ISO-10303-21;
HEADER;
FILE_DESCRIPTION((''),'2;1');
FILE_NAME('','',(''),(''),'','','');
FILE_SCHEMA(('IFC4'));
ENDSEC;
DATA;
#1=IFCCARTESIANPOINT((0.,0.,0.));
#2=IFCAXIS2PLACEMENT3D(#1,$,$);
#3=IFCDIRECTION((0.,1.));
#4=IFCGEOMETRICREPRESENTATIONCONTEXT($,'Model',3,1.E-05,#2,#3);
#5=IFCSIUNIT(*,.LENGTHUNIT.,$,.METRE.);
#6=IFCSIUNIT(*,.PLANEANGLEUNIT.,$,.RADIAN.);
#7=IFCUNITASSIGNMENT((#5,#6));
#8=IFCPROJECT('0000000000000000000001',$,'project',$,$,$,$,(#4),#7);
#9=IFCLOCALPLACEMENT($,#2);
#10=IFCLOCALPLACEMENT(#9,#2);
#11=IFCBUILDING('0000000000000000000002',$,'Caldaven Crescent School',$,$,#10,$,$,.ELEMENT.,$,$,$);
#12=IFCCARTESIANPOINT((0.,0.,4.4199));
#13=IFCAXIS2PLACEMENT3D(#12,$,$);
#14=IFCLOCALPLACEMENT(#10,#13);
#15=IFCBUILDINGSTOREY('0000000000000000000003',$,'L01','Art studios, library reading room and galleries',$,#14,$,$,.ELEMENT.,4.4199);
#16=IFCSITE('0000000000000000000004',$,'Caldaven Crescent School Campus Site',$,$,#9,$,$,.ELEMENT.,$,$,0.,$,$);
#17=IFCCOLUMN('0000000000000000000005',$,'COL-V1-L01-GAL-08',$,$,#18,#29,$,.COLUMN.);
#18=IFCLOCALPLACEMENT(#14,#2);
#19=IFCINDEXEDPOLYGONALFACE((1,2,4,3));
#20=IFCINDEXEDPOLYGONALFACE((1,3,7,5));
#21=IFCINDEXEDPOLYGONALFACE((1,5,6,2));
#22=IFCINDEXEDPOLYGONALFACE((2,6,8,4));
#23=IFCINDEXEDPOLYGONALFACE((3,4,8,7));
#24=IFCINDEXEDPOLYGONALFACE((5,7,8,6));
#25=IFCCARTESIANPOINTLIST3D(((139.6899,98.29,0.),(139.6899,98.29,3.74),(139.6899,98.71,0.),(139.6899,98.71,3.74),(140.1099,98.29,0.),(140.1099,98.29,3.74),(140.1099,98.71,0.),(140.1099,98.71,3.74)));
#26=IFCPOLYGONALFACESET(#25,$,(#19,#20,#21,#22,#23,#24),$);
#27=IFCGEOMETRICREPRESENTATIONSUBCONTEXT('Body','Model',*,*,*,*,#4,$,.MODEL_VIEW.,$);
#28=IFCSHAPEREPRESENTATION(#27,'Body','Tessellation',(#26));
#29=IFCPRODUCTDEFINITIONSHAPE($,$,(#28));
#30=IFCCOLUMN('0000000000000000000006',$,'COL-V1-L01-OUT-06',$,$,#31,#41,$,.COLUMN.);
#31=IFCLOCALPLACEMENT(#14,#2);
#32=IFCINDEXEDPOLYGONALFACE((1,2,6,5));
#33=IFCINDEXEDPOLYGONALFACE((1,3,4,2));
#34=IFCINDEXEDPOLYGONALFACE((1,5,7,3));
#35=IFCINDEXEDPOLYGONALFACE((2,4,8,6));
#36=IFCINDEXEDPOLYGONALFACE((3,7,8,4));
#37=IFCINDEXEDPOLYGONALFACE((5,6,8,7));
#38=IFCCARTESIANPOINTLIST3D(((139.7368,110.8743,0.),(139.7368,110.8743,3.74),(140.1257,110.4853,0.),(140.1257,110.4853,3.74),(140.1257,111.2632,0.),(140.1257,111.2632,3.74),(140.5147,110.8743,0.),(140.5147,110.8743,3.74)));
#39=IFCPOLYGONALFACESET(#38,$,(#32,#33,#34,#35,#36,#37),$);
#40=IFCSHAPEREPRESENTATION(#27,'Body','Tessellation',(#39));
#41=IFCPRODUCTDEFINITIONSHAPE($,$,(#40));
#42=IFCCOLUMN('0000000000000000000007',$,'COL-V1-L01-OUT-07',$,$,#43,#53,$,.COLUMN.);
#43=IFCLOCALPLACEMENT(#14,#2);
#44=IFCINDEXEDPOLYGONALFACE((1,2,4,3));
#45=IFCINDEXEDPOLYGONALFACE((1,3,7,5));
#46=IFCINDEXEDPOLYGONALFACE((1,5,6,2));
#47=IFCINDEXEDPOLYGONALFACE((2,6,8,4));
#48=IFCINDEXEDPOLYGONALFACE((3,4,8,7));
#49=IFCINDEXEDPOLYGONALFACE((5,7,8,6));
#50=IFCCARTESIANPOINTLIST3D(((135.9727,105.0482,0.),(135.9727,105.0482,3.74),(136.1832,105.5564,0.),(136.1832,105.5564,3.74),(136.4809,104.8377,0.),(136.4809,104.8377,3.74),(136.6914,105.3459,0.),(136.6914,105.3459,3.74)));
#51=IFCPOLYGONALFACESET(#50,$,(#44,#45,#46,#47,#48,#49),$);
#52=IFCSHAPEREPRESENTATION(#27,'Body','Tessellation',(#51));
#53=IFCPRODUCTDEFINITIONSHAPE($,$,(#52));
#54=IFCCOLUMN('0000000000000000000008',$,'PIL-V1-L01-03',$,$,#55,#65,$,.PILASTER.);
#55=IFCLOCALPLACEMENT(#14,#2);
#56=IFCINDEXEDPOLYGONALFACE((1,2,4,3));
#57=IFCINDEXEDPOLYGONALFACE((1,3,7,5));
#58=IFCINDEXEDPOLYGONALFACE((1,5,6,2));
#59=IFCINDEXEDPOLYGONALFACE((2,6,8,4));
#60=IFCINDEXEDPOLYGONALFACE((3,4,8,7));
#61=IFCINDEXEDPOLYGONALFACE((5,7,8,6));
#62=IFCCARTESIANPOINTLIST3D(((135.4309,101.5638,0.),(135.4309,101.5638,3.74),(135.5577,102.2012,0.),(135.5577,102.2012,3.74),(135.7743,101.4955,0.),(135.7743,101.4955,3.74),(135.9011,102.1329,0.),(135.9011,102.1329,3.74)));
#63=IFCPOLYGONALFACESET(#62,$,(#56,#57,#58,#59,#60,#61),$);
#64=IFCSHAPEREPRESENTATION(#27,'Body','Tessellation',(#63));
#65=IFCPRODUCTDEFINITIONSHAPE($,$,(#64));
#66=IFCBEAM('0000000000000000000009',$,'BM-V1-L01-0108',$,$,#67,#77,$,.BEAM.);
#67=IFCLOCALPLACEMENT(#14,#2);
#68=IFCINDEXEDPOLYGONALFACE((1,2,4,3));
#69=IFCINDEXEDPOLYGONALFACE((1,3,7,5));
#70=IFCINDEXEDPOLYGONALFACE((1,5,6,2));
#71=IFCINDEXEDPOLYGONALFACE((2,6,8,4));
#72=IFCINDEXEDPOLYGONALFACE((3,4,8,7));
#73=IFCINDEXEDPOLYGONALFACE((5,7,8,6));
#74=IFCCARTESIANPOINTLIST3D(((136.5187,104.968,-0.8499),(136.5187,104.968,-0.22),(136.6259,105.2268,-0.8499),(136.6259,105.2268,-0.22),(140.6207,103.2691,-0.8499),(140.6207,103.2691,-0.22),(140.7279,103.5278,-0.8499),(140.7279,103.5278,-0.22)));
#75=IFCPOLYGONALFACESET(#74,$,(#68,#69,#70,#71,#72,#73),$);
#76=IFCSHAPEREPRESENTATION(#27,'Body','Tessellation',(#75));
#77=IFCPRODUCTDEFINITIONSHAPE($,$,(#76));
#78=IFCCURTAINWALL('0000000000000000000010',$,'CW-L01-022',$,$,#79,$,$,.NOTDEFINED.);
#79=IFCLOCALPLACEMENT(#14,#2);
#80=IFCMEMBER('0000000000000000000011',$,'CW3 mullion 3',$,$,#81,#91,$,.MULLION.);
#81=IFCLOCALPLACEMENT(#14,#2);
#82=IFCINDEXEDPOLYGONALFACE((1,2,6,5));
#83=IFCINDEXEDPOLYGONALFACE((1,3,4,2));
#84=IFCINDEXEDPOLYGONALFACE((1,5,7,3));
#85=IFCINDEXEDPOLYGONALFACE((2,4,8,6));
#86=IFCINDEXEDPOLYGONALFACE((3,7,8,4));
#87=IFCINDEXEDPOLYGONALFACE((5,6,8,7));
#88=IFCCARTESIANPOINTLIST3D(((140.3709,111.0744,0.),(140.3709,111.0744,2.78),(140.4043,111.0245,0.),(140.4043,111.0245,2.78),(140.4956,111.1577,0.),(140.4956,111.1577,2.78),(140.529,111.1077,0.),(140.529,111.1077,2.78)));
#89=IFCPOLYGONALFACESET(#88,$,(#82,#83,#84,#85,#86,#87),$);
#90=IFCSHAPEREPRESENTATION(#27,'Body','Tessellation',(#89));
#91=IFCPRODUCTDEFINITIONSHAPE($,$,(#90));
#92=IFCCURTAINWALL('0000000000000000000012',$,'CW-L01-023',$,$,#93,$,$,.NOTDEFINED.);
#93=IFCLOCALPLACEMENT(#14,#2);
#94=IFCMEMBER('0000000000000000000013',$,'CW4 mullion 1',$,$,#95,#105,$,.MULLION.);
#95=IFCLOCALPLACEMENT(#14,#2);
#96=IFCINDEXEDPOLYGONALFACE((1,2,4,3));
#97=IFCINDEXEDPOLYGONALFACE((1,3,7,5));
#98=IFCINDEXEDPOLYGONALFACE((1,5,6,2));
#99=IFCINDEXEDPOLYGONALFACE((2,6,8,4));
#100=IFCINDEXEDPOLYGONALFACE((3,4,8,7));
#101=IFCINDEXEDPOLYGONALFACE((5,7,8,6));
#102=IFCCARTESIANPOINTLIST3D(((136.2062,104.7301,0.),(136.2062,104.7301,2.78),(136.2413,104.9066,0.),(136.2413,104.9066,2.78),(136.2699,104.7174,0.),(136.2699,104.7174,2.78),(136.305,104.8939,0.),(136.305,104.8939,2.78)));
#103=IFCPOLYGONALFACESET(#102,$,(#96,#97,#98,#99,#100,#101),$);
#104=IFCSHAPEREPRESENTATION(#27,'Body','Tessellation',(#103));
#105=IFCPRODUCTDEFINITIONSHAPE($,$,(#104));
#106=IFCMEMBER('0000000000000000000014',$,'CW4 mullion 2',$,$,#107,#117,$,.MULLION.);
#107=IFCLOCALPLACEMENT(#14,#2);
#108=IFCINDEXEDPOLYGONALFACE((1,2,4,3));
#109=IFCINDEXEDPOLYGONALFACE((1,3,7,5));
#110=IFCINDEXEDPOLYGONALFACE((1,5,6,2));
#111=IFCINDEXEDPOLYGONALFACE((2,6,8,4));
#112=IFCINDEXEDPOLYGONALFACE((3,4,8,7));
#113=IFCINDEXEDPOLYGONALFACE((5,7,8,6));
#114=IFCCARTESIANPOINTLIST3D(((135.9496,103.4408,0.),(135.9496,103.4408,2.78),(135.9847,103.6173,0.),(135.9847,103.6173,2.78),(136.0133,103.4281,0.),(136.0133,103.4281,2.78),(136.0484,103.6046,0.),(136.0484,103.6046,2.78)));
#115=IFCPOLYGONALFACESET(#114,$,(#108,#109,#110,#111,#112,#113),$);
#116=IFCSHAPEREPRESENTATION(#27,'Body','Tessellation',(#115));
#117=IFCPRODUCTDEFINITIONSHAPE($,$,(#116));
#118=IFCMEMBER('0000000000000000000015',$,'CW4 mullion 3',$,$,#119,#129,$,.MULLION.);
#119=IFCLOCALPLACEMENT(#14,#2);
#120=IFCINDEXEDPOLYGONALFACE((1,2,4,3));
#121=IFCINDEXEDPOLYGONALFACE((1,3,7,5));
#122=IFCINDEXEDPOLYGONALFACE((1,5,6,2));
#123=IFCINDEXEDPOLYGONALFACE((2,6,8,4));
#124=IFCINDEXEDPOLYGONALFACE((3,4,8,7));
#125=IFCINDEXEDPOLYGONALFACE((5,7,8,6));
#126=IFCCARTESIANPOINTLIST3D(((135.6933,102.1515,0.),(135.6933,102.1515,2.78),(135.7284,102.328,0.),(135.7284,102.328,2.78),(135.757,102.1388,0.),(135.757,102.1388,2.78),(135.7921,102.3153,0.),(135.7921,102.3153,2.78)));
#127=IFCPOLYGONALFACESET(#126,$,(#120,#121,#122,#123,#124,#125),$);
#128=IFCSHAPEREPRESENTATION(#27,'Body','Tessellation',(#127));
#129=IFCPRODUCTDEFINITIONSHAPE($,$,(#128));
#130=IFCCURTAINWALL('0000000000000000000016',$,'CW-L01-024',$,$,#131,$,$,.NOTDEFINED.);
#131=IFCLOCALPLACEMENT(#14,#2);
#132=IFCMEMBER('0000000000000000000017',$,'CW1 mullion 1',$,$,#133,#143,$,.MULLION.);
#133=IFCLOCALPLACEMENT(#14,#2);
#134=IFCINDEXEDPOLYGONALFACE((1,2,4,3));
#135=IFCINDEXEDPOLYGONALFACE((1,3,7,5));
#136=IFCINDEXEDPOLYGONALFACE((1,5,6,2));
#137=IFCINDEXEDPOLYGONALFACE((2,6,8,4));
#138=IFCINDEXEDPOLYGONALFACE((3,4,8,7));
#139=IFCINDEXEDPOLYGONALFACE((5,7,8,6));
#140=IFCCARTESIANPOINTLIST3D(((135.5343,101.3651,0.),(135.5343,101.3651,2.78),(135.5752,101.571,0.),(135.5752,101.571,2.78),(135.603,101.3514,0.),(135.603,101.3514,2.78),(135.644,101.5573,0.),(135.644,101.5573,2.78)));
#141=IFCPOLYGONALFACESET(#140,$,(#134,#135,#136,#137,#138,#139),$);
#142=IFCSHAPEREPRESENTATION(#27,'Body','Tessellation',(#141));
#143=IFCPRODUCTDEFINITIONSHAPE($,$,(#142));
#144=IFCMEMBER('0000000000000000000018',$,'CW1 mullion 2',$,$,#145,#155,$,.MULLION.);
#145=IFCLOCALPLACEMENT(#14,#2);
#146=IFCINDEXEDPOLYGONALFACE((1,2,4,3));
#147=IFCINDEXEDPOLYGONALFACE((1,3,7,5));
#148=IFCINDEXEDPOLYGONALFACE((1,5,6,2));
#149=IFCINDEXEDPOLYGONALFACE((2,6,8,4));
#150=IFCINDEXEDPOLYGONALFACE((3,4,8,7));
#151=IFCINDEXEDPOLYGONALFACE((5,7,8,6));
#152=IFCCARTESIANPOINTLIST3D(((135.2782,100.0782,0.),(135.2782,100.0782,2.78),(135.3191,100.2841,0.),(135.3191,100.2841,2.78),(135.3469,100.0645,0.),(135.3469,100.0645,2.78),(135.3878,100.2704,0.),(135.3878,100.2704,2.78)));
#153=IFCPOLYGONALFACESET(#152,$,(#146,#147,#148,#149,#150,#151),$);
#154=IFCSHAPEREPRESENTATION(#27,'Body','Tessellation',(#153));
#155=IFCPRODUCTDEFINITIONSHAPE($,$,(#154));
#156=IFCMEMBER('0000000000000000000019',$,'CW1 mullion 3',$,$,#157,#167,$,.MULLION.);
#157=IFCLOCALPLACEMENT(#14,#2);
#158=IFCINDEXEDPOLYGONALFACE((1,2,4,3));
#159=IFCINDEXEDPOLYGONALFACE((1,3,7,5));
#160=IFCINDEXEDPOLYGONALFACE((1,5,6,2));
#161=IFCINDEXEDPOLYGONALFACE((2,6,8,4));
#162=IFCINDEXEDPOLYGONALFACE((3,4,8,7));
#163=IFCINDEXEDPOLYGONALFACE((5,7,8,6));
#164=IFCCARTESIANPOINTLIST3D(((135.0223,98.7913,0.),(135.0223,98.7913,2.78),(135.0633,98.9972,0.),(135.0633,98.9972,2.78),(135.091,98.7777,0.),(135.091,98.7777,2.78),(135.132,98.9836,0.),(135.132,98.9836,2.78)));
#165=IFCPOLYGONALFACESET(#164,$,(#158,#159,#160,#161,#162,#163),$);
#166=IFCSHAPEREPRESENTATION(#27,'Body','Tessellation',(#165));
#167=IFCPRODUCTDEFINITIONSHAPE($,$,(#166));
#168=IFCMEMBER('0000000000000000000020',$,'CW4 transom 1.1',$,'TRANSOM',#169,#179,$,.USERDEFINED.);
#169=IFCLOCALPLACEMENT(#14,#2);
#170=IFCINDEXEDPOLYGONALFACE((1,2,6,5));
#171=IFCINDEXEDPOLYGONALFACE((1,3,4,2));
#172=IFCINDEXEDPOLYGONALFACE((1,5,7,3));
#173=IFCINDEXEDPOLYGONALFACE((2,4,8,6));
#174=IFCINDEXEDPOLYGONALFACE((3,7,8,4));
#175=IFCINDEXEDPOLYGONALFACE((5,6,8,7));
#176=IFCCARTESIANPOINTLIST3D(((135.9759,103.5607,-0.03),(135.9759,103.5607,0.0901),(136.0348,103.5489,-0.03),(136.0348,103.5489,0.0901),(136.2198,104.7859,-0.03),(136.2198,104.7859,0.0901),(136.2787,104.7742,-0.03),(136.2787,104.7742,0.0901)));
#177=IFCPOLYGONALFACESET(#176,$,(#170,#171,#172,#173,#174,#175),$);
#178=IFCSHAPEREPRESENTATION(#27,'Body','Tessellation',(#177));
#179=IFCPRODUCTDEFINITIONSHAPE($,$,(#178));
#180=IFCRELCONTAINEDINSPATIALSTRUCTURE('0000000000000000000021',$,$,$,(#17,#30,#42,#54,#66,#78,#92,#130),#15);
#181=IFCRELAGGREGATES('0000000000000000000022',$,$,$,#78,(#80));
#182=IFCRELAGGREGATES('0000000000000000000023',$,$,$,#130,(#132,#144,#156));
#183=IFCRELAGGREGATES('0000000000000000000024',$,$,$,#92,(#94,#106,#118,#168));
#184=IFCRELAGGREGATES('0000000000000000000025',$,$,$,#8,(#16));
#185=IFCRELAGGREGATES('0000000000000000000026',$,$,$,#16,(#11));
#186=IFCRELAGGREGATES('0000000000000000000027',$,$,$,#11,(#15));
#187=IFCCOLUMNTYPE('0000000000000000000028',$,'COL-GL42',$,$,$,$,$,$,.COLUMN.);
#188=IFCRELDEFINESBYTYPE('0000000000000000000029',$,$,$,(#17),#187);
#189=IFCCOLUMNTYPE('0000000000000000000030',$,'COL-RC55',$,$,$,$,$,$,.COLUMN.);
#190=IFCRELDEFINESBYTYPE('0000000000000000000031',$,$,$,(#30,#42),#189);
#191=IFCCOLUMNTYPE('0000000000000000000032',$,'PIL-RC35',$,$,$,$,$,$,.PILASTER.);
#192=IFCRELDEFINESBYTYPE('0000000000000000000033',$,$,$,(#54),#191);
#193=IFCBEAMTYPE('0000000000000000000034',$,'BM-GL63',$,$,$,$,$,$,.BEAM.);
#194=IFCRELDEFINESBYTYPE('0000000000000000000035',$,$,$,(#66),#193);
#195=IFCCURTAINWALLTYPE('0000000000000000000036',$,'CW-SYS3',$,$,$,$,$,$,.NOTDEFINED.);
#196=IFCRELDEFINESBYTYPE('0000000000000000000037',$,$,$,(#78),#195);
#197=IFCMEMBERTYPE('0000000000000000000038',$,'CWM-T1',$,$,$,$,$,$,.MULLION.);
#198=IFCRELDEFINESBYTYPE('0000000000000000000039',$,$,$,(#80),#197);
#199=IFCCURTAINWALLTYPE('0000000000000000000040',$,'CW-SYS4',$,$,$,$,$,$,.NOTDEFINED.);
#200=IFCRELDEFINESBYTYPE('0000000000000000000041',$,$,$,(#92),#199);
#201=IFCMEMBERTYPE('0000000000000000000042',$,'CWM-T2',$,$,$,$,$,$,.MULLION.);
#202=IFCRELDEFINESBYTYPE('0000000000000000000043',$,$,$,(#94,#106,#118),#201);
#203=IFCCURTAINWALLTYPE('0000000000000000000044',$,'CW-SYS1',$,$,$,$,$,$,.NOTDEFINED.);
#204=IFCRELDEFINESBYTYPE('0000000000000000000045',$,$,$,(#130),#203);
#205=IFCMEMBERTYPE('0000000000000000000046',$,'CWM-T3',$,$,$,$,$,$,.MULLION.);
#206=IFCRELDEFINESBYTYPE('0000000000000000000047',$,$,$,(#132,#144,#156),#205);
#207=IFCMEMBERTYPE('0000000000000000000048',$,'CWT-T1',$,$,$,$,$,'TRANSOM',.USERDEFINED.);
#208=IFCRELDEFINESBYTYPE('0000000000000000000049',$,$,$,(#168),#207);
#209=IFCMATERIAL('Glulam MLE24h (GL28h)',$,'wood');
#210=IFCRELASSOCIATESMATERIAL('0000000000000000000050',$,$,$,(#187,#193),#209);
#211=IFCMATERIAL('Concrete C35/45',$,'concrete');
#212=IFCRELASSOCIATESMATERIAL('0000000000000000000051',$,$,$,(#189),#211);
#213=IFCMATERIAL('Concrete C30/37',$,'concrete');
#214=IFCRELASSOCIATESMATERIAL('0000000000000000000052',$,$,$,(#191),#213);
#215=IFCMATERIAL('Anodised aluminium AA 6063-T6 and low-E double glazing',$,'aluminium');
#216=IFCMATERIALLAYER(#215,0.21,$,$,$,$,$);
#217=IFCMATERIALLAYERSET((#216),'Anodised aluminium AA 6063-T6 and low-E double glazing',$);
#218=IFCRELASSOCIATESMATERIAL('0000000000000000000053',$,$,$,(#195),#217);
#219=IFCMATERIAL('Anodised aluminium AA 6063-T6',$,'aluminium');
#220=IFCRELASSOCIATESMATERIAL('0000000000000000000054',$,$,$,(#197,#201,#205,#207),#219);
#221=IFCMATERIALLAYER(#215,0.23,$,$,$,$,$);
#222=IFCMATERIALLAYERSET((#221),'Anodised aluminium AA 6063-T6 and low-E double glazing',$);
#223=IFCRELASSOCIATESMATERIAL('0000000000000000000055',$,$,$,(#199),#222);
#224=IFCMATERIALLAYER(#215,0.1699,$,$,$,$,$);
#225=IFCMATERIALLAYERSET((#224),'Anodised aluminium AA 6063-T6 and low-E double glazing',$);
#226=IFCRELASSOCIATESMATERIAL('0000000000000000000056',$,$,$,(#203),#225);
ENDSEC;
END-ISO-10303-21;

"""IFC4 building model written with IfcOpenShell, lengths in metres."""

from ifc_helpers import new_model, si_unit, direction, frame, origin, origin_2d, place, context, subcontext, project, spatial, rectangle, extrude, material, layer, layer_set, material_profile, profile_set, type_object, element, aggregate, save


model = new_model("IFC4")

# Units and contexts
model_context = context("Model", 3, precision=1e-05, world=origin(), true_north=direction((0.0, 1.0)))
body_context = subcontext(model_context, "Body", "Model", "MODEL_VIEW")
ifc_project = project(units=[si_unit("LENGTHUNIT", "METRE"), si_unit("PLANEANGLEUNIT", "RADIAN")], contexts=[model_context])

# Site, building, storey
site_placement = place(None, origin())
site = spatial("IfcSite", under=ifc_project, at=site_placement, Name="Caldaven Crescent School Campus Site", CompositionType="ELEMENT", RefElevation=0.0)
building_placement = place(site_placement, origin())
building = spatial("IfcBuilding", under=site, at=building_placement, Name="Caldaven Crescent School", CompositionType="ELEMENT")
storey_placement = place(building_placement, frame((0.0, 0.0, 4.4199)))
storey = spatial("IfcBuildingStorey", under=building, at=storey_placement, Name="L01", Description="Art studios, library reading room and galleries", CompositionType="ELEMENT", Elevation=4.4199)

# Columns
ifc_material_1 = material(Name="Glulam MLE24h (GL28h)", Category="wood")
ifc_material_profile_1 = material_profile(ifc_material_1, rectangle(XDim=0.4199, YDim=0.4199, at=origin_2d()), Name="MLE 420x420")
ifc_profile_set_1 = profile_set([ifc_material_profile_1], Name="Glulam MLE24h (GL28h)")
column_type_1 = type_object("IfcColumnType", Name="COL-GL42", PredefinedType="COLUMN", material=ifc_profile_set_1)
column_1_placement = place(storey_placement, frame((139.8999, 98.5, 0.0), z_axis=(0.0, 0.0, 1.0), x_axis=(-1.0, 0.0, 0.0)))
element("IfcColumn", 1, at=column_1_placement, inside=storey, type_object=column_type_1, Name="COL-V1-L01-GAL-08", PredefinedType="COLUMN", context=body_context, shape_type="SweptSolid", body=[
    extrude(rectangle(XDim=0.4199, YDim=0.4199, at=origin_2d()), origin(), (0.0, 0.0, 1.0), 3.74),
])
ifc_material_2 = material(Name="Concrete C35/45", Category="concrete")
ifc_material_profile_2 = material_profile(ifc_material_2, rectangle(XDim=0.55, YDim=0.55, at=origin_2d()), Name="RC 550x550")
ifc_profile_set_2 = profile_set([ifc_material_profile_2], Name="Concrete C35/45")
column_type_2 = type_object("IfcColumnType", Name="COL-RC55", PredefinedType="COLUMN", material=ifc_profile_set_2)
for number, where, z_axis, x_axis, name in (
    (2, (140.1257, 110.8743, 0.0), (0.0, 0.0, 1.0), (-0.707107, 0.707107, 0.0), "COL-V1-L01-OUT-06"),
    (3, (136.332, 105.197, 0.0), (0.0, 0.0, 1.0), (-0.92388, 0.382683, 0.0), "COL-V1-L01-OUT-07"),
):
    element("IfcColumn", number, at=place(storey_placement, frame(where, z_axis=z_axis, x_axis=x_axis)), inside=storey, type_object=column_type_2, Name=name, PredefinedType="COLUMN", context=body_context, shape_type="SweptSolid", body=[
        extrude(rectangle(XDim=0.55, YDim=0.55, at=origin_2d()), origin(), (0.0, 0.0, 1.0), 3.74),
    ])
ifc_material_3 = material(Name="Concrete C30/37", Category="concrete")
ifc_material_profile_3 = material_profile(ifc_material_3, rectangle(XDim=0.3501, YDim=0.6499, at=origin_2d()), Name="RC 350x650")
ifc_profile_set_3 = profile_set([ifc_material_profile_3], Name="Concrete C30/37")
column_type_3 = type_object("IfcColumnType", Name="PIL-RC35", PredefinedType="PILASTER", material=ifc_profile_set_3)
column_2_placement = place(storey_placement, frame((135.666, 101.8484, 0.0), z_axis=(0.0, 0.0, 1.0), x_axis=(-0.980785, 0.19509, 0.0)))
element("IfcColumn", 4, at=column_2_placement, inside=storey, type_object=column_type_3, Name="PIL-V1-L01-03", PredefinedType="PILASTER", context=body_context, shape_type="SweptSolid", body=[
    extrude(rectangle(XDim=0.3501, YDim=0.6499, at=origin_2d()), origin(), (0.0, 0.0, 1.0), 3.74),
])

# Beam
ifc_material_profile_4 = material_profile(ifc_material_1, rectangle(XDim=0.28, YDim=0.6299, at=origin_2d()), Name="MLE 280x630")
ifc_profile_set_4 = profile_set([ifc_material_profile_4], Name="Glulam MLE24h (GL28h)")
beam_type_1 = type_object("IfcBeamType", Name="BM-GL63", PredefinedType="BEAM", material=ifc_profile_set_4)
beam_1_placement = place(storey_placement, frame((140.6743, 103.3984, -0.5349), z_axis=(-0.923892, 0.382655, 0.0), x_axis=(-0.382655, -0.923892, 0.0)))
element("IfcBeam", 5, at=beam_1_placement, inside=storey, type_object=beam_type_1, Name="BM-V1-L01-0108", PredefinedType="BEAM", context=body_context, shape_type="SweptSolid", body=[
    extrude(rectangle(XDim=0.28, YDim=0.6299, at=origin_2d()), origin(), (0.0, 0.0, 1.0), 4.4399),
])

# Curtain wall, member
ifc_material_4 = material(Name="Anodised aluminium AA 6063-T6 and low-E double glazing", Category="aluminium")
ifc_layer_1 = layer(ifc_material_4, 0.21)
ifc_layer_set_1 = layer_set([ifc_layer_1], Name="Anodised aluminium AA 6063-T6 and low-E double glazing")
curtain_wall_type_1 = type_object("IfcCurtainWallType", Name="CW-SYS3", PredefinedType="NOTDEFINED", material=ifc_layer_set_1)
curtain_wall_1_placement = place(storey_placement, origin())
curtain_wall_1 = element("IfcCurtainWall", 6, at=curtain_wall_1_placement, inside=storey, type_object=curtain_wall_type_1, Name="CW-L01-022", PredefinedType="NOTDEFINED")
ifc_material_5 = material(Name="Anodised aluminium AA 6063-T6", Category="aluminium")
ifc_material_profile_5 = material_profile(ifc_material_5, rectangle(XDim=0.0601, YDim=0.1499, at=origin_2d()), Name="CWM 60x150")
ifc_profile_set_5 = profile_set([ifc_material_profile_5], Name="Anodised aluminium AA 6063-T6")
member_type_1 = type_object("IfcMemberType", Name="CWM-T1", PredefinedType="MULLION", material=ifc_profile_set_5)
member_1_placement = place(storey_placement, frame((140.45, 111.0911, 0.0), z_axis=(0.0, 0.0, 1.0), x_axis=(0.555572, -0.831469, 0.0)))
member_1 = element("IfcMember", 7, at=member_1_placement, type_object=member_type_1, Name="CW3 mullion 3", PredefinedType="MULLION", context=body_context, shape_type="SweptSolid", body=[
    extrude(rectangle(XDim=0.0601, YDim=0.1499, at=origin_2d()), origin(), (0.0, 0.0, 1.0), 2.78),
])
aggregate(curtain_wall_1, [member_1])

# Curtain walls, members
ifc_layer_2 = layer(ifc_material_4, 0.23)
ifc_layer_set_2 = layer_set([ifc_layer_2], Name="Anodised aluminium AA 6063-T6 and low-E double glazing")
curtain_wall_type_2 = type_object("IfcCurtainWallType", Name="CW-SYS4", PredefinedType="NOTDEFINED", material=ifc_layer_set_2)
curtain_wall_2_placement = place(storey_placement, origin())
curtain_wall_2 = element("IfcCurtainWall", 8, at=curtain_wall_2_placement, inside=storey, type_object=curtain_wall_type_2, Name="CW-L01-023", PredefinedType="NOTDEFINED")
ifc_material_profile_6 = material_profile(ifc_material_5, rectangle(XDim=0.0649, YDim=0.1799, at=origin_2d()), Name="CWM 65x180")
ifc_profile_set_6 = profile_set([ifc_material_profile_6], Name="Anodised aluminium AA 6063-T6")
member_type_2 = type_object("IfcMemberType", Name="CWM-T2", PredefinedType="MULLION", material=ifc_profile_set_6)
member_2_placement = place(storey_placement, frame((136.2556, 104.812, 0.0), z_axis=(0.0, 0.0, 1.0), x_axis=(0.980785, -0.19509, 0.0)))
member_2 = element("IfcMember", 9, at=member_2_placement, type_object=member_type_2, Name="CW4 mullion 1", PredefinedType="MULLION", context=body_context, shape_type="SweptSolid", body=[
    extrude(rectangle(XDim=0.0649, YDim=0.1799, at=origin_2d()), origin(), (0.0, 0.0, 1.0), 2.78),
])
member_3_placement = place(storey_placement, frame((135.999, 103.5227, 0.0), z_axis=(0.0, 0.0, 1.0), x_axis=(0.980785, -0.19509, 0.0)))
member_3 = element("IfcMember", 10, at=member_3_placement, type_object=member_type_2, Name="CW4 mullion 2", PredefinedType="MULLION", context=body_context, shape_type="SweptSolid", body=[
    extrude(rectangle(XDim=0.0649, YDim=0.1799, at=origin_2d()), origin(), (0.0, 0.0, 1.0), 2.78),
])
member_4_placement = place(storey_placement, frame((135.7427, 102.2334, 0.0), z_axis=(0.0, 0.0, 1.0), x_axis=(0.980785, -0.19509, 0.0)))
member_4 = element("IfcMember", 11, at=member_4_placement, type_object=member_type_2, Name="CW4 mullion 3", PredefinedType="MULLION", context=body_context, shape_type="SweptSolid", body=[
    extrude(rectangle(XDim=0.0649, YDim=0.1799, at=origin_2d()), origin(), (0.0, 0.0, 1.0), 2.78),
])
ifc_layer_3 = layer(ifc_material_4, 0.1699)
ifc_layer_set_3 = layer_set([ifc_layer_3], Name="Anodised aluminium AA 6063-T6 and low-E double glazing")
curtain_wall_type_3 = type_object("IfcCurtainWallType", Name="CW-SYS1", PredefinedType="NOTDEFINED", material=ifc_layer_set_3)
curtain_wall_3_placement = place(storey_placement, origin())
curtain_wall_3 = element("IfcCurtainWall", 12, at=curtain_wall_3_placement, inside=storey, type_object=curtain_wall_type_3, Name="CW-L01-024", PredefinedType="NOTDEFINED")
ifc_material_profile_7 = material_profile(ifc_material_5, rectangle(XDim=0.0701, YDim=0.21, at=origin_2d()), Name="CWM 70x210")
ifc_profile_set_7 = profile_set([ifc_material_profile_7], Name="Anodised aluminium AA 6063-T6")
member_type_3 = type_object("IfcMemberType", Name="CWM-T3", PredefinedType="MULLION", material=ifc_profile_set_7)
member_5_placement = place(storey_placement, frame((135.5891, 101.4612, 0.0), z_axis=(0.0, 0.0, 1.0), x_axis=(0.980785, -0.19509, 0.0)))
member_5 = element("IfcMember", 13, at=member_5_placement, type_object=member_type_3, Name="CW1 mullion 1", PredefinedType="MULLION", context=body_context, shape_type="SweptSolid", body=[
    extrude(rectangle(XDim=0.0701, YDim=0.21, at=origin_2d()), origin(), (0.0, 0.0, 1.0), 2.78),
])
member_6_placement = place(storey_placement, frame((135.333, 100.1743, 0.0), z_axis=(0.0, 0.0, 1.0), x_axis=(0.980785, -0.19509, 0.0)))
member_6 = element("IfcMember", 14, at=member_6_placement, type_object=member_type_3, Name="CW1 mullion 2", PredefinedType="MULLION", context=body_context, shape_type="SweptSolid", body=[
    extrude(rectangle(XDim=0.0701, YDim=0.21, at=origin_2d()), origin(), (0.0, 0.0, 1.0), 2.78),
])
member_7_placement = place(storey_placement, frame((135.0771, 98.8875, 0.0), z_axis=(0.0, 0.0, 1.0), x_axis=(0.980785, -0.19509, 0.0)))
member_7 = element("IfcMember", 15, at=member_7_placement, type_object=member_type_3, Name="CW1 mullion 3", PredefinedType="MULLION", context=body_context, shape_type="SweptSolid", body=[
    extrude(rectangle(XDim=0.0701, YDim=0.21, at=origin_2d()), origin(), (0.0, 0.0, 1.0), 2.78),
])

# Member
ifc_material_profile_8 = material_profile(ifc_material_5, rectangle(XDim=0.0601, YDim=0.1201, at=origin_2d()), Name="CWT 60x120")
ifc_profile_set_8 = profile_set([ifc_material_profile_8], Name="Anodised aluminium AA 6063-T6")
member_type_4 = type_object("IfcMemberType", Name="CWT-T1", ElementType="TRANSOM", PredefinedType="USERDEFINED", material=ifc_profile_set_8)
member_8_placement = place(storey_placement, frame((136.2493, 104.78, 0.03), z_axis=(-0.195214, -0.980761, 0.0), x_axis=(0.980761, -0.195214, 0.0)))
member_8 = element("IfcMember", 16, at=member_8_placement, type_object=member_type_4, Name="CW4 transom 1.1", ObjectType="TRANSOM", PredefinedType="USERDEFINED", context=body_context, shape_type="SweptSolid", body=[
    extrude(rectangle(XDim=0.0601, YDim=0.1201, at=origin_2d()), origin(), (0.0, 0.0, 1.0), 1.2493),
])

aggregate(curtain_wall_3, [member_5, member_6, member_7])
aggregate(curtain_wall_2, [member_2, member_3, member_4, member_8])

save(model, "model.ifc")
